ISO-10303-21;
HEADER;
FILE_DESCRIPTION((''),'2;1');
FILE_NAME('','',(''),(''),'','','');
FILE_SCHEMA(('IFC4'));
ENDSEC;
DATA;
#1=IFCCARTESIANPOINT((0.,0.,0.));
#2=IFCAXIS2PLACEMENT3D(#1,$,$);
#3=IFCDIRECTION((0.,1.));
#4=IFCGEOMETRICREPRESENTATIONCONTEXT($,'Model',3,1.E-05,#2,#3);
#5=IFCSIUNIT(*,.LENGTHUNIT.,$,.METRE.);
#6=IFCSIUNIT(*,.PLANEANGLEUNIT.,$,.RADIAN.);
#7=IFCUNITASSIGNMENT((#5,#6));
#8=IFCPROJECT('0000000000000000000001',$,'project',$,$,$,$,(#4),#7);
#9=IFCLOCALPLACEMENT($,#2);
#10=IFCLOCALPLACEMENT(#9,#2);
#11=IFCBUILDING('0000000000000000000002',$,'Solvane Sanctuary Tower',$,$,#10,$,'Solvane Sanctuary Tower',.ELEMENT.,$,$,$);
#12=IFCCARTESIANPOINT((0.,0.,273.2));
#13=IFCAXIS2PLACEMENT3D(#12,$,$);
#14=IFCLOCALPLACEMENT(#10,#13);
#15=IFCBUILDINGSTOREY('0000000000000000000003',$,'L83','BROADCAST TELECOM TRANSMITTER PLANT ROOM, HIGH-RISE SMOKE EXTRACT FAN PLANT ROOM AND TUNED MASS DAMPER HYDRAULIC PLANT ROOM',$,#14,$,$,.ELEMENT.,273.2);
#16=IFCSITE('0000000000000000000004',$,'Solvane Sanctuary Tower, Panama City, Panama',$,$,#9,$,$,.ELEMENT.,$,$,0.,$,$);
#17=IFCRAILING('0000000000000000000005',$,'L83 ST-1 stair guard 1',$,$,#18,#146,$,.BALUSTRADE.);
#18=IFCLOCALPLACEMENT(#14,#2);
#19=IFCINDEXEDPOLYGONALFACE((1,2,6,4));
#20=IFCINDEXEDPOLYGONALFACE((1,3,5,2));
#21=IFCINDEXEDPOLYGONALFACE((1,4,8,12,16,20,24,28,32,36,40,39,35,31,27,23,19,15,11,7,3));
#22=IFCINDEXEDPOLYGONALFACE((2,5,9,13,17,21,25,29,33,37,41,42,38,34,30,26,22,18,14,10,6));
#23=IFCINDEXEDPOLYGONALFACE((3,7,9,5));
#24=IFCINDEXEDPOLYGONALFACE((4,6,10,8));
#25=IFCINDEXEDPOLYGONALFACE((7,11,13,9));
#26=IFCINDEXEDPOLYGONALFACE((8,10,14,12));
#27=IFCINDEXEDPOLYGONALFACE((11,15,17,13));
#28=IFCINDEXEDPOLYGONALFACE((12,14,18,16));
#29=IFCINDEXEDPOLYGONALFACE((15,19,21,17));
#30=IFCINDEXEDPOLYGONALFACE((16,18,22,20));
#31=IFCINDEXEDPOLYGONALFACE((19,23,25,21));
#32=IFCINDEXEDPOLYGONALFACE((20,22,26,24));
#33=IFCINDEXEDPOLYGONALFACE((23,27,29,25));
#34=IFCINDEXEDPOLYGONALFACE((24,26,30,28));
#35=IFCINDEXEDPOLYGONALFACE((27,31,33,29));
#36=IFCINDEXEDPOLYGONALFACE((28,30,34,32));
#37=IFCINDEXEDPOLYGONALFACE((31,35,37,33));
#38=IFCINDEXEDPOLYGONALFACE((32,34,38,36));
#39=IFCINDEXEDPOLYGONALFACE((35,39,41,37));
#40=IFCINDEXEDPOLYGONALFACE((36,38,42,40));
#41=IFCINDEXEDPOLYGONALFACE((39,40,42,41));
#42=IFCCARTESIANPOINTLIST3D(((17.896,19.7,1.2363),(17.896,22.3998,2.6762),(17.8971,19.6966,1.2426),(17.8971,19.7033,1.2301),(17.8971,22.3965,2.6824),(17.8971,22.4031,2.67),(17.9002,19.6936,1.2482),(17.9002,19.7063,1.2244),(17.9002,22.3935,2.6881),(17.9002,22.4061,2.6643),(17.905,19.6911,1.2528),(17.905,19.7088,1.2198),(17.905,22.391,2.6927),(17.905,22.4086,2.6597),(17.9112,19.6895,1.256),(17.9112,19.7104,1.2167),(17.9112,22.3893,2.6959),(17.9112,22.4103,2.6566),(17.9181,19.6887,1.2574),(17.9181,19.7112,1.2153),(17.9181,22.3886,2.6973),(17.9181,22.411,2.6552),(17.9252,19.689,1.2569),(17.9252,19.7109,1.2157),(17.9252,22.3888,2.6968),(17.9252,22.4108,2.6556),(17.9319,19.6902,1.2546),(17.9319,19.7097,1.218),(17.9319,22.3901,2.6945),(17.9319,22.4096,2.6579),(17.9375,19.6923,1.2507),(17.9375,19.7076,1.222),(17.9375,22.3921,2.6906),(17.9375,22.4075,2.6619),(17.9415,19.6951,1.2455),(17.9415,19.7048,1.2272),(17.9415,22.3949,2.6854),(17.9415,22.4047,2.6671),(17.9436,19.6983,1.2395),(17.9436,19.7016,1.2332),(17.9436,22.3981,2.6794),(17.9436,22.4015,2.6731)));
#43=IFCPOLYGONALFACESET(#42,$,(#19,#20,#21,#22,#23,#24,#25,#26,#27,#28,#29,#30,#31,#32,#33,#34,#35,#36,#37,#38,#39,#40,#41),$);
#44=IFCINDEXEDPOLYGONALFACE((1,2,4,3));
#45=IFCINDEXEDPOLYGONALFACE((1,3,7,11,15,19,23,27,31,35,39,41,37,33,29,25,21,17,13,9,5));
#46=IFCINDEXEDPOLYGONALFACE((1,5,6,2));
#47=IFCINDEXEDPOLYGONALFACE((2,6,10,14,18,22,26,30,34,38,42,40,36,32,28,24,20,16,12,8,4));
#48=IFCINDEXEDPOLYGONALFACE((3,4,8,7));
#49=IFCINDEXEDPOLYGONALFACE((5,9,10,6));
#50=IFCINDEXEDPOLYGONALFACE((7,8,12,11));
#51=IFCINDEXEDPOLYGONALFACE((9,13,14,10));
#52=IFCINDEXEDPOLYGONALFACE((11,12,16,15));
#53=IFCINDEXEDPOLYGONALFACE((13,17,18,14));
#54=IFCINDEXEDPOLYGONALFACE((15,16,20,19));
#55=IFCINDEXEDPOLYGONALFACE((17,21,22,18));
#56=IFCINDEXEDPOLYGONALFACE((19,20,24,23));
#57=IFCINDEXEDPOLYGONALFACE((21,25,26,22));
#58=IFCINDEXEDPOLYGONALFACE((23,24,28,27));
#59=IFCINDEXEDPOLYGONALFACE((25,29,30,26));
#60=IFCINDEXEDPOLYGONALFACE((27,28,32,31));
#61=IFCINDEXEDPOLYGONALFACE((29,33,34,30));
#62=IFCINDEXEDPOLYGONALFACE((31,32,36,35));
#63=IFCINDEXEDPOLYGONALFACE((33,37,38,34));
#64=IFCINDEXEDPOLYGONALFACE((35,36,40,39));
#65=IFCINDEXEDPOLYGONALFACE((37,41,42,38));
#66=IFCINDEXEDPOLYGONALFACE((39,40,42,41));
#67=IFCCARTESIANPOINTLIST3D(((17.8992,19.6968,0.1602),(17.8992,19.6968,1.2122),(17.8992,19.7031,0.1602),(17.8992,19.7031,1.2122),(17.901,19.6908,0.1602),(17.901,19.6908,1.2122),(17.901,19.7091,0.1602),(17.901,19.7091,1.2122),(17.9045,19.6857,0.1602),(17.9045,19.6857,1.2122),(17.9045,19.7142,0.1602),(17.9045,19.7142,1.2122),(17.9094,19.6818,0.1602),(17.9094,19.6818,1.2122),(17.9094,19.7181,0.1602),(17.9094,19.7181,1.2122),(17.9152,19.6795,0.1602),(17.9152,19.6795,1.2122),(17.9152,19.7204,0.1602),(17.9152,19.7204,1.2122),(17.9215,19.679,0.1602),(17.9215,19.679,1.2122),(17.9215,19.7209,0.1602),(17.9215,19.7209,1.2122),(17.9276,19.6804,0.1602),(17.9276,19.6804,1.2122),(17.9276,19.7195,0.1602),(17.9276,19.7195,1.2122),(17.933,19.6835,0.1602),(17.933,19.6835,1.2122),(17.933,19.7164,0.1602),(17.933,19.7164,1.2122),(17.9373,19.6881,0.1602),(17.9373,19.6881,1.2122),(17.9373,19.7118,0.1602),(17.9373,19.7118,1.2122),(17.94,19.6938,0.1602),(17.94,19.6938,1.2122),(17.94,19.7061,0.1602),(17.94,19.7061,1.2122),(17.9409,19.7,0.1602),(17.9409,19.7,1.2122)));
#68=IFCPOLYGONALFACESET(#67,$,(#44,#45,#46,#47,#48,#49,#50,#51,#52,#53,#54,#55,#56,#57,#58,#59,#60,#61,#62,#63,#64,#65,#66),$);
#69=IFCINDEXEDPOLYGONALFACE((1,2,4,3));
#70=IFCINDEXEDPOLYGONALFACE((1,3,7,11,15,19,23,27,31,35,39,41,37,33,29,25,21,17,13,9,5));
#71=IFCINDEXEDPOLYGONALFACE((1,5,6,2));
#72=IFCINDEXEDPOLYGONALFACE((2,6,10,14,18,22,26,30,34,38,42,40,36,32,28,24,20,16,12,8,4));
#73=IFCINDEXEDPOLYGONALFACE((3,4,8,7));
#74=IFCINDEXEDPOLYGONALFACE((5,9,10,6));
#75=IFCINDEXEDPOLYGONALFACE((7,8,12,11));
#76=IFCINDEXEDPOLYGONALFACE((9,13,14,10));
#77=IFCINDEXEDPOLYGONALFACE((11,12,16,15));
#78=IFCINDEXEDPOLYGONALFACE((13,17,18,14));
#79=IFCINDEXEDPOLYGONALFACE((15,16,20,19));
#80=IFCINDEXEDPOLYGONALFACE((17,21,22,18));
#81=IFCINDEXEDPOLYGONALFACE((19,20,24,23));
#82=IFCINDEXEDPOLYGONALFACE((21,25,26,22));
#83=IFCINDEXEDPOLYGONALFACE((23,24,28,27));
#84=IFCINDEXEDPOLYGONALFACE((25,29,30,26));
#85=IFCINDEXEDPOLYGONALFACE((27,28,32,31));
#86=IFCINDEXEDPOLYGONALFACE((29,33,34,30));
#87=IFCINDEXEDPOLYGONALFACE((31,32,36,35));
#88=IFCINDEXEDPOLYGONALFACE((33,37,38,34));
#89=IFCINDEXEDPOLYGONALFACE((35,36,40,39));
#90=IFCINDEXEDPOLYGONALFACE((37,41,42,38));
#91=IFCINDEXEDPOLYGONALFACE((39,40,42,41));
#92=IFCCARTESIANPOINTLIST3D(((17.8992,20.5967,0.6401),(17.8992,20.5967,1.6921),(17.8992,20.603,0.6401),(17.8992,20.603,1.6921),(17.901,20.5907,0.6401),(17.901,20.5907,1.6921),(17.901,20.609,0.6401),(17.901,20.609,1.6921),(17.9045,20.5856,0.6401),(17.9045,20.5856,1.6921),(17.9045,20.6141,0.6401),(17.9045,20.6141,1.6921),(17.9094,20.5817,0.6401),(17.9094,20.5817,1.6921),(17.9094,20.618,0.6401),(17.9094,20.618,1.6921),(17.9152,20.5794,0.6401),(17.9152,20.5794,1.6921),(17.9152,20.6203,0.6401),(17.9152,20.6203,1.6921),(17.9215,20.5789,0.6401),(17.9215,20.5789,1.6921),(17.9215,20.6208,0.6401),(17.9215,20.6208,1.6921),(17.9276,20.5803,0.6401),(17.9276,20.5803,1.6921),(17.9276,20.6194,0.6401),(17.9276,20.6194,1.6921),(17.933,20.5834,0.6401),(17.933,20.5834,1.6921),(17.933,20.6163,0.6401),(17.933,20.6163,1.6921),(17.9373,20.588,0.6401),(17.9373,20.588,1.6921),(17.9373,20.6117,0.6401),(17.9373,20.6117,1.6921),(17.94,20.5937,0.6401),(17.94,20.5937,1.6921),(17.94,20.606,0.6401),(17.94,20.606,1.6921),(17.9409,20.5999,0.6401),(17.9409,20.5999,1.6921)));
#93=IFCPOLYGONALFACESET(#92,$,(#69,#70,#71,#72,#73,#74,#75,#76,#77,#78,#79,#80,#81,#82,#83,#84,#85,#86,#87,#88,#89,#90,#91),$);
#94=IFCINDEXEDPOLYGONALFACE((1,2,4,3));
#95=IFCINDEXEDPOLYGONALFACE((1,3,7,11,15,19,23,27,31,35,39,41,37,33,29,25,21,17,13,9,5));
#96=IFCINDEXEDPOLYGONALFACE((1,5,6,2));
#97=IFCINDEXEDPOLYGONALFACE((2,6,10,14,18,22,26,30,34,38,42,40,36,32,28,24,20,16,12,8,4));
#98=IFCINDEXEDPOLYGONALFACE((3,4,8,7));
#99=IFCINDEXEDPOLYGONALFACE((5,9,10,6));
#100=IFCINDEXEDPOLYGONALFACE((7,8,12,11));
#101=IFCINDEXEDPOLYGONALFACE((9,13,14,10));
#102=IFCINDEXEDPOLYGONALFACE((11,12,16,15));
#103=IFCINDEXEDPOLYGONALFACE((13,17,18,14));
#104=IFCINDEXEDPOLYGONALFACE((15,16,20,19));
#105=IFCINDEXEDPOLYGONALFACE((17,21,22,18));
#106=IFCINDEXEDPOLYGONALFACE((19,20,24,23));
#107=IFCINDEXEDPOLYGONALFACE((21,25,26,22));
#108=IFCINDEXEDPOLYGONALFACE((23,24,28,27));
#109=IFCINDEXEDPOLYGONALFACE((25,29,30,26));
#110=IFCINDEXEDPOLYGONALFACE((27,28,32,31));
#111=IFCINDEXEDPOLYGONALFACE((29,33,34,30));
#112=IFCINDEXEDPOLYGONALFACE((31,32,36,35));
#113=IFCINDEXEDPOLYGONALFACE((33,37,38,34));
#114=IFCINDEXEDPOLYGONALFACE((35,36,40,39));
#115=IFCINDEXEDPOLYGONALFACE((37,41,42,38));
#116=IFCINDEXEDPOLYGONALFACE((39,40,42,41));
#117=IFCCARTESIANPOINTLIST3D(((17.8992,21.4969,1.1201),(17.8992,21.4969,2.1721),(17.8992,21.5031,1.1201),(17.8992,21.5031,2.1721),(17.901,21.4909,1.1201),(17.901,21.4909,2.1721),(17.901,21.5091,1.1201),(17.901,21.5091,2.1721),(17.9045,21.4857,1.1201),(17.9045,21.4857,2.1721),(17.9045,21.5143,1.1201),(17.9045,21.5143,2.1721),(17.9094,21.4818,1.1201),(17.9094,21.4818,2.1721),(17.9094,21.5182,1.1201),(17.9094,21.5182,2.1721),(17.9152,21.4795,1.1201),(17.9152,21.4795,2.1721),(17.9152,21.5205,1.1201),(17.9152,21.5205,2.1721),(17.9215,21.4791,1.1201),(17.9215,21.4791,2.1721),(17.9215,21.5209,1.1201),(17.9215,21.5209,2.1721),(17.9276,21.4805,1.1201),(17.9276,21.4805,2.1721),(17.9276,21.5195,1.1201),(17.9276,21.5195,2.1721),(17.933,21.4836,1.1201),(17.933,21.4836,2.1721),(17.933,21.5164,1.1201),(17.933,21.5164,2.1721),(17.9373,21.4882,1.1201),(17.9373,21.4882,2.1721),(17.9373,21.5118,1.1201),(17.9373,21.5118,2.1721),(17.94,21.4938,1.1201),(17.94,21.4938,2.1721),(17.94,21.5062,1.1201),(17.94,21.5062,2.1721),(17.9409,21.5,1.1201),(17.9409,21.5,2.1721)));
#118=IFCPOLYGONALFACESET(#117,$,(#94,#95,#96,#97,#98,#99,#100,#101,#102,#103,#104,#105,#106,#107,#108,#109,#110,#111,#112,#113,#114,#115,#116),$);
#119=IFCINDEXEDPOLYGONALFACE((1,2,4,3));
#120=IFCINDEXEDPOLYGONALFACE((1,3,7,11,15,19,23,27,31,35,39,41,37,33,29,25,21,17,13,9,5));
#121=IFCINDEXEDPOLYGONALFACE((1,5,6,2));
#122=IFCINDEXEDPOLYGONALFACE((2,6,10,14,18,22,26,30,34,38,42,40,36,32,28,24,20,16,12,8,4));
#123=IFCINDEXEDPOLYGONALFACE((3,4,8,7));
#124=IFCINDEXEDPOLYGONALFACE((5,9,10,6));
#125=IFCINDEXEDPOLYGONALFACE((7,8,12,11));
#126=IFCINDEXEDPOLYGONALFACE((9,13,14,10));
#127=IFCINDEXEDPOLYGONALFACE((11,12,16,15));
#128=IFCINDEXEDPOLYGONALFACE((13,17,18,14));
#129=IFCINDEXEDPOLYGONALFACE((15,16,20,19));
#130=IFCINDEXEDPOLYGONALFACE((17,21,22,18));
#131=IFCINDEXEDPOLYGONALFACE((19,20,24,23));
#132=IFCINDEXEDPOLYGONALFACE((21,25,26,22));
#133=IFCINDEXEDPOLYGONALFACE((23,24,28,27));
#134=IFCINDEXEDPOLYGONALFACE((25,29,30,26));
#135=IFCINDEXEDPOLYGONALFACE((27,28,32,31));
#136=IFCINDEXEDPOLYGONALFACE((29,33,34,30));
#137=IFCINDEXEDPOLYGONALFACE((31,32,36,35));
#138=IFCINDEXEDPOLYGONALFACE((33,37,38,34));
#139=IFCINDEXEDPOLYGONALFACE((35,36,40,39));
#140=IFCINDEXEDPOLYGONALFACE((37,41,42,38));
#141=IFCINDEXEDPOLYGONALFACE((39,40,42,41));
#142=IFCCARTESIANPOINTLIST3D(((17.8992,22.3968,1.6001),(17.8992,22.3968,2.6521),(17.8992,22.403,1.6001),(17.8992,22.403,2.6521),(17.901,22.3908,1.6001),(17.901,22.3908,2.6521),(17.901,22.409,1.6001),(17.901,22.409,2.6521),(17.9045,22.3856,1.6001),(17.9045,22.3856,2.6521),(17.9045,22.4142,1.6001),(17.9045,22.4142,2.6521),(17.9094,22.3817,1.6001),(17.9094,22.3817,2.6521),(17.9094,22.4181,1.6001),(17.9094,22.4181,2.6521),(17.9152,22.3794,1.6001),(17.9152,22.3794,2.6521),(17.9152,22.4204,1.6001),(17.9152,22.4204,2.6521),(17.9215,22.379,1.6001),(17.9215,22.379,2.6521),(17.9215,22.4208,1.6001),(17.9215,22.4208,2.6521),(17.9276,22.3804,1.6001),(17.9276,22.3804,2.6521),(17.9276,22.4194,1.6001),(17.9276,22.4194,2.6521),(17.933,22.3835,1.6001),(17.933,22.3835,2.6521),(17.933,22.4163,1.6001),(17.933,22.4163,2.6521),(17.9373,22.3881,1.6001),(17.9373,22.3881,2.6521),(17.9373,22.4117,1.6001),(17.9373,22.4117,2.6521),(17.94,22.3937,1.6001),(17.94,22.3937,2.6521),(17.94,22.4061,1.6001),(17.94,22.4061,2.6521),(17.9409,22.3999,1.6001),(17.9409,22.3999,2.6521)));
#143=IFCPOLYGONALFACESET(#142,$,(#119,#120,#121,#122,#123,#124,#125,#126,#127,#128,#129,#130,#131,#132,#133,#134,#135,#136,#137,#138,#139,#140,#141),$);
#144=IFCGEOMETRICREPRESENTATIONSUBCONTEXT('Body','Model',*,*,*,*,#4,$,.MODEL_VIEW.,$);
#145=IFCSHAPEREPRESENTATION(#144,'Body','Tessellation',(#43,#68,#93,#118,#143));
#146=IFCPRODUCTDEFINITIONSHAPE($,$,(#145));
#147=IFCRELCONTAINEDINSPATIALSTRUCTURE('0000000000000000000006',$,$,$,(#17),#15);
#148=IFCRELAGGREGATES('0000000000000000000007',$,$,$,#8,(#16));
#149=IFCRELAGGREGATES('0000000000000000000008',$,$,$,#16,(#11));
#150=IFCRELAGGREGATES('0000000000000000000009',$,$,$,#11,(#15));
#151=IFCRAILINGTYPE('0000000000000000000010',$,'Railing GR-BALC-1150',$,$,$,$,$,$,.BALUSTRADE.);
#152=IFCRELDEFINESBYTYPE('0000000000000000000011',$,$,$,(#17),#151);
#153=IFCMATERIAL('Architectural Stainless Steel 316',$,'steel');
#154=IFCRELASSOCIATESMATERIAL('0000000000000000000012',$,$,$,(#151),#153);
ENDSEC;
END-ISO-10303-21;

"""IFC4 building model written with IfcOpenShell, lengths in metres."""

from ifc_helpers import new_model, si_unit, direction, frame, origin, origin_2d, place, context, subcontext, project, spatial, circle, extrude, material, type_object, element, save


model = new_model("IFC4")

# Units and contexts
model_context = context("Model", 3, precision=1e-05, world=origin(), true_north=direction((0.0, 1.0)))
body_context = subcontext(model_context, "Body", "Model", "MODEL_VIEW")
ifc_project = project(units=[si_unit("LENGTHUNIT", "METRE"), si_unit("PLANEANGLEUNIT", "RADIAN")], contexts=[model_context])

# Site, building, storey
site_placement = place(None, origin())
site = spatial("IfcSite", under=ifc_project, at=site_placement, Name="Solvane Sanctuary Tower, Panama City, Panama", CompositionType="ELEMENT", RefElevation=0.0)
building_placement = place(site_placement, origin())
building = spatial("IfcBuilding", under=site, at=building_placement, Name="Solvane Sanctuary Tower", LongName="Solvane Sanctuary Tower", CompositionType="ELEMENT")
storey_placement = place(building_placement, frame((0.0, 0.0, 273.2)))
storey = spatial("IfcBuildingStorey", under=building, at=storey_placement, Name="L83", Description="BROADCAST TELECOM TRANSMITTER PLANT ROOM, HIGH-RISE SMOKE EXTRACT FAN PLANT ROOM AND TUNED MASS DAMPER HYDRAULIC PLANT ROOM", CompositionType="ELEMENT", Elevation=273.2)

# Shared definitions
ifc_material_1 = material(Name="Architectural Stainless Steel 316", Category="steel")

# Railing
railing_type_1 = type_object("IfcRailingType", Name="Railing GR-BALC-1150", PredefinedType="BALUSTRADE", material=ifc_material_1)
railing_1_placement = place(storey_placement, frame((17.9199, 19.7, 0.1602)))
element("IfcRailing", 1, at=railing_1_placement, inside=storey, type_object=railing_type_1, Name="L83 ST-1 stair guard 1", PredefinedType="BALUSTRADE", context=body_context, shape_type="SweptSolid", body=[
    extrude(circle(Radius=0.0239, at=origin_2d()), frame((0.0, 0.0, 1.0762), z_axis=(0.0, 0.882357, 0.47058), x_axis=(-1.0, 0.0, 0.0)), (0.0, 0.0, 1.0), 3.0598),
    extrude(circle(Radius=0.021, at=origin_2d()), origin(), (0.0, 0.0, 1.0), 1.052),
    extrude(circle(Radius=0.021, at=origin_2d()), frame((0.0, 0.8999, 0.48)), (0.0, 0.0, 1.0), 1.052),
    extrude(circle(Radius=0.021, at=origin_2d()), frame((0.0, 1.8, 0.96)), (0.0, 0.0, 1.0), 1.052),
    extrude(circle(Radius=0.021, at=origin_2d()), frame((0.0, 2.7, 1.4399)), (0.0, 0.0, 1.0), 1.052),
])

save(model, "model.ifc")
